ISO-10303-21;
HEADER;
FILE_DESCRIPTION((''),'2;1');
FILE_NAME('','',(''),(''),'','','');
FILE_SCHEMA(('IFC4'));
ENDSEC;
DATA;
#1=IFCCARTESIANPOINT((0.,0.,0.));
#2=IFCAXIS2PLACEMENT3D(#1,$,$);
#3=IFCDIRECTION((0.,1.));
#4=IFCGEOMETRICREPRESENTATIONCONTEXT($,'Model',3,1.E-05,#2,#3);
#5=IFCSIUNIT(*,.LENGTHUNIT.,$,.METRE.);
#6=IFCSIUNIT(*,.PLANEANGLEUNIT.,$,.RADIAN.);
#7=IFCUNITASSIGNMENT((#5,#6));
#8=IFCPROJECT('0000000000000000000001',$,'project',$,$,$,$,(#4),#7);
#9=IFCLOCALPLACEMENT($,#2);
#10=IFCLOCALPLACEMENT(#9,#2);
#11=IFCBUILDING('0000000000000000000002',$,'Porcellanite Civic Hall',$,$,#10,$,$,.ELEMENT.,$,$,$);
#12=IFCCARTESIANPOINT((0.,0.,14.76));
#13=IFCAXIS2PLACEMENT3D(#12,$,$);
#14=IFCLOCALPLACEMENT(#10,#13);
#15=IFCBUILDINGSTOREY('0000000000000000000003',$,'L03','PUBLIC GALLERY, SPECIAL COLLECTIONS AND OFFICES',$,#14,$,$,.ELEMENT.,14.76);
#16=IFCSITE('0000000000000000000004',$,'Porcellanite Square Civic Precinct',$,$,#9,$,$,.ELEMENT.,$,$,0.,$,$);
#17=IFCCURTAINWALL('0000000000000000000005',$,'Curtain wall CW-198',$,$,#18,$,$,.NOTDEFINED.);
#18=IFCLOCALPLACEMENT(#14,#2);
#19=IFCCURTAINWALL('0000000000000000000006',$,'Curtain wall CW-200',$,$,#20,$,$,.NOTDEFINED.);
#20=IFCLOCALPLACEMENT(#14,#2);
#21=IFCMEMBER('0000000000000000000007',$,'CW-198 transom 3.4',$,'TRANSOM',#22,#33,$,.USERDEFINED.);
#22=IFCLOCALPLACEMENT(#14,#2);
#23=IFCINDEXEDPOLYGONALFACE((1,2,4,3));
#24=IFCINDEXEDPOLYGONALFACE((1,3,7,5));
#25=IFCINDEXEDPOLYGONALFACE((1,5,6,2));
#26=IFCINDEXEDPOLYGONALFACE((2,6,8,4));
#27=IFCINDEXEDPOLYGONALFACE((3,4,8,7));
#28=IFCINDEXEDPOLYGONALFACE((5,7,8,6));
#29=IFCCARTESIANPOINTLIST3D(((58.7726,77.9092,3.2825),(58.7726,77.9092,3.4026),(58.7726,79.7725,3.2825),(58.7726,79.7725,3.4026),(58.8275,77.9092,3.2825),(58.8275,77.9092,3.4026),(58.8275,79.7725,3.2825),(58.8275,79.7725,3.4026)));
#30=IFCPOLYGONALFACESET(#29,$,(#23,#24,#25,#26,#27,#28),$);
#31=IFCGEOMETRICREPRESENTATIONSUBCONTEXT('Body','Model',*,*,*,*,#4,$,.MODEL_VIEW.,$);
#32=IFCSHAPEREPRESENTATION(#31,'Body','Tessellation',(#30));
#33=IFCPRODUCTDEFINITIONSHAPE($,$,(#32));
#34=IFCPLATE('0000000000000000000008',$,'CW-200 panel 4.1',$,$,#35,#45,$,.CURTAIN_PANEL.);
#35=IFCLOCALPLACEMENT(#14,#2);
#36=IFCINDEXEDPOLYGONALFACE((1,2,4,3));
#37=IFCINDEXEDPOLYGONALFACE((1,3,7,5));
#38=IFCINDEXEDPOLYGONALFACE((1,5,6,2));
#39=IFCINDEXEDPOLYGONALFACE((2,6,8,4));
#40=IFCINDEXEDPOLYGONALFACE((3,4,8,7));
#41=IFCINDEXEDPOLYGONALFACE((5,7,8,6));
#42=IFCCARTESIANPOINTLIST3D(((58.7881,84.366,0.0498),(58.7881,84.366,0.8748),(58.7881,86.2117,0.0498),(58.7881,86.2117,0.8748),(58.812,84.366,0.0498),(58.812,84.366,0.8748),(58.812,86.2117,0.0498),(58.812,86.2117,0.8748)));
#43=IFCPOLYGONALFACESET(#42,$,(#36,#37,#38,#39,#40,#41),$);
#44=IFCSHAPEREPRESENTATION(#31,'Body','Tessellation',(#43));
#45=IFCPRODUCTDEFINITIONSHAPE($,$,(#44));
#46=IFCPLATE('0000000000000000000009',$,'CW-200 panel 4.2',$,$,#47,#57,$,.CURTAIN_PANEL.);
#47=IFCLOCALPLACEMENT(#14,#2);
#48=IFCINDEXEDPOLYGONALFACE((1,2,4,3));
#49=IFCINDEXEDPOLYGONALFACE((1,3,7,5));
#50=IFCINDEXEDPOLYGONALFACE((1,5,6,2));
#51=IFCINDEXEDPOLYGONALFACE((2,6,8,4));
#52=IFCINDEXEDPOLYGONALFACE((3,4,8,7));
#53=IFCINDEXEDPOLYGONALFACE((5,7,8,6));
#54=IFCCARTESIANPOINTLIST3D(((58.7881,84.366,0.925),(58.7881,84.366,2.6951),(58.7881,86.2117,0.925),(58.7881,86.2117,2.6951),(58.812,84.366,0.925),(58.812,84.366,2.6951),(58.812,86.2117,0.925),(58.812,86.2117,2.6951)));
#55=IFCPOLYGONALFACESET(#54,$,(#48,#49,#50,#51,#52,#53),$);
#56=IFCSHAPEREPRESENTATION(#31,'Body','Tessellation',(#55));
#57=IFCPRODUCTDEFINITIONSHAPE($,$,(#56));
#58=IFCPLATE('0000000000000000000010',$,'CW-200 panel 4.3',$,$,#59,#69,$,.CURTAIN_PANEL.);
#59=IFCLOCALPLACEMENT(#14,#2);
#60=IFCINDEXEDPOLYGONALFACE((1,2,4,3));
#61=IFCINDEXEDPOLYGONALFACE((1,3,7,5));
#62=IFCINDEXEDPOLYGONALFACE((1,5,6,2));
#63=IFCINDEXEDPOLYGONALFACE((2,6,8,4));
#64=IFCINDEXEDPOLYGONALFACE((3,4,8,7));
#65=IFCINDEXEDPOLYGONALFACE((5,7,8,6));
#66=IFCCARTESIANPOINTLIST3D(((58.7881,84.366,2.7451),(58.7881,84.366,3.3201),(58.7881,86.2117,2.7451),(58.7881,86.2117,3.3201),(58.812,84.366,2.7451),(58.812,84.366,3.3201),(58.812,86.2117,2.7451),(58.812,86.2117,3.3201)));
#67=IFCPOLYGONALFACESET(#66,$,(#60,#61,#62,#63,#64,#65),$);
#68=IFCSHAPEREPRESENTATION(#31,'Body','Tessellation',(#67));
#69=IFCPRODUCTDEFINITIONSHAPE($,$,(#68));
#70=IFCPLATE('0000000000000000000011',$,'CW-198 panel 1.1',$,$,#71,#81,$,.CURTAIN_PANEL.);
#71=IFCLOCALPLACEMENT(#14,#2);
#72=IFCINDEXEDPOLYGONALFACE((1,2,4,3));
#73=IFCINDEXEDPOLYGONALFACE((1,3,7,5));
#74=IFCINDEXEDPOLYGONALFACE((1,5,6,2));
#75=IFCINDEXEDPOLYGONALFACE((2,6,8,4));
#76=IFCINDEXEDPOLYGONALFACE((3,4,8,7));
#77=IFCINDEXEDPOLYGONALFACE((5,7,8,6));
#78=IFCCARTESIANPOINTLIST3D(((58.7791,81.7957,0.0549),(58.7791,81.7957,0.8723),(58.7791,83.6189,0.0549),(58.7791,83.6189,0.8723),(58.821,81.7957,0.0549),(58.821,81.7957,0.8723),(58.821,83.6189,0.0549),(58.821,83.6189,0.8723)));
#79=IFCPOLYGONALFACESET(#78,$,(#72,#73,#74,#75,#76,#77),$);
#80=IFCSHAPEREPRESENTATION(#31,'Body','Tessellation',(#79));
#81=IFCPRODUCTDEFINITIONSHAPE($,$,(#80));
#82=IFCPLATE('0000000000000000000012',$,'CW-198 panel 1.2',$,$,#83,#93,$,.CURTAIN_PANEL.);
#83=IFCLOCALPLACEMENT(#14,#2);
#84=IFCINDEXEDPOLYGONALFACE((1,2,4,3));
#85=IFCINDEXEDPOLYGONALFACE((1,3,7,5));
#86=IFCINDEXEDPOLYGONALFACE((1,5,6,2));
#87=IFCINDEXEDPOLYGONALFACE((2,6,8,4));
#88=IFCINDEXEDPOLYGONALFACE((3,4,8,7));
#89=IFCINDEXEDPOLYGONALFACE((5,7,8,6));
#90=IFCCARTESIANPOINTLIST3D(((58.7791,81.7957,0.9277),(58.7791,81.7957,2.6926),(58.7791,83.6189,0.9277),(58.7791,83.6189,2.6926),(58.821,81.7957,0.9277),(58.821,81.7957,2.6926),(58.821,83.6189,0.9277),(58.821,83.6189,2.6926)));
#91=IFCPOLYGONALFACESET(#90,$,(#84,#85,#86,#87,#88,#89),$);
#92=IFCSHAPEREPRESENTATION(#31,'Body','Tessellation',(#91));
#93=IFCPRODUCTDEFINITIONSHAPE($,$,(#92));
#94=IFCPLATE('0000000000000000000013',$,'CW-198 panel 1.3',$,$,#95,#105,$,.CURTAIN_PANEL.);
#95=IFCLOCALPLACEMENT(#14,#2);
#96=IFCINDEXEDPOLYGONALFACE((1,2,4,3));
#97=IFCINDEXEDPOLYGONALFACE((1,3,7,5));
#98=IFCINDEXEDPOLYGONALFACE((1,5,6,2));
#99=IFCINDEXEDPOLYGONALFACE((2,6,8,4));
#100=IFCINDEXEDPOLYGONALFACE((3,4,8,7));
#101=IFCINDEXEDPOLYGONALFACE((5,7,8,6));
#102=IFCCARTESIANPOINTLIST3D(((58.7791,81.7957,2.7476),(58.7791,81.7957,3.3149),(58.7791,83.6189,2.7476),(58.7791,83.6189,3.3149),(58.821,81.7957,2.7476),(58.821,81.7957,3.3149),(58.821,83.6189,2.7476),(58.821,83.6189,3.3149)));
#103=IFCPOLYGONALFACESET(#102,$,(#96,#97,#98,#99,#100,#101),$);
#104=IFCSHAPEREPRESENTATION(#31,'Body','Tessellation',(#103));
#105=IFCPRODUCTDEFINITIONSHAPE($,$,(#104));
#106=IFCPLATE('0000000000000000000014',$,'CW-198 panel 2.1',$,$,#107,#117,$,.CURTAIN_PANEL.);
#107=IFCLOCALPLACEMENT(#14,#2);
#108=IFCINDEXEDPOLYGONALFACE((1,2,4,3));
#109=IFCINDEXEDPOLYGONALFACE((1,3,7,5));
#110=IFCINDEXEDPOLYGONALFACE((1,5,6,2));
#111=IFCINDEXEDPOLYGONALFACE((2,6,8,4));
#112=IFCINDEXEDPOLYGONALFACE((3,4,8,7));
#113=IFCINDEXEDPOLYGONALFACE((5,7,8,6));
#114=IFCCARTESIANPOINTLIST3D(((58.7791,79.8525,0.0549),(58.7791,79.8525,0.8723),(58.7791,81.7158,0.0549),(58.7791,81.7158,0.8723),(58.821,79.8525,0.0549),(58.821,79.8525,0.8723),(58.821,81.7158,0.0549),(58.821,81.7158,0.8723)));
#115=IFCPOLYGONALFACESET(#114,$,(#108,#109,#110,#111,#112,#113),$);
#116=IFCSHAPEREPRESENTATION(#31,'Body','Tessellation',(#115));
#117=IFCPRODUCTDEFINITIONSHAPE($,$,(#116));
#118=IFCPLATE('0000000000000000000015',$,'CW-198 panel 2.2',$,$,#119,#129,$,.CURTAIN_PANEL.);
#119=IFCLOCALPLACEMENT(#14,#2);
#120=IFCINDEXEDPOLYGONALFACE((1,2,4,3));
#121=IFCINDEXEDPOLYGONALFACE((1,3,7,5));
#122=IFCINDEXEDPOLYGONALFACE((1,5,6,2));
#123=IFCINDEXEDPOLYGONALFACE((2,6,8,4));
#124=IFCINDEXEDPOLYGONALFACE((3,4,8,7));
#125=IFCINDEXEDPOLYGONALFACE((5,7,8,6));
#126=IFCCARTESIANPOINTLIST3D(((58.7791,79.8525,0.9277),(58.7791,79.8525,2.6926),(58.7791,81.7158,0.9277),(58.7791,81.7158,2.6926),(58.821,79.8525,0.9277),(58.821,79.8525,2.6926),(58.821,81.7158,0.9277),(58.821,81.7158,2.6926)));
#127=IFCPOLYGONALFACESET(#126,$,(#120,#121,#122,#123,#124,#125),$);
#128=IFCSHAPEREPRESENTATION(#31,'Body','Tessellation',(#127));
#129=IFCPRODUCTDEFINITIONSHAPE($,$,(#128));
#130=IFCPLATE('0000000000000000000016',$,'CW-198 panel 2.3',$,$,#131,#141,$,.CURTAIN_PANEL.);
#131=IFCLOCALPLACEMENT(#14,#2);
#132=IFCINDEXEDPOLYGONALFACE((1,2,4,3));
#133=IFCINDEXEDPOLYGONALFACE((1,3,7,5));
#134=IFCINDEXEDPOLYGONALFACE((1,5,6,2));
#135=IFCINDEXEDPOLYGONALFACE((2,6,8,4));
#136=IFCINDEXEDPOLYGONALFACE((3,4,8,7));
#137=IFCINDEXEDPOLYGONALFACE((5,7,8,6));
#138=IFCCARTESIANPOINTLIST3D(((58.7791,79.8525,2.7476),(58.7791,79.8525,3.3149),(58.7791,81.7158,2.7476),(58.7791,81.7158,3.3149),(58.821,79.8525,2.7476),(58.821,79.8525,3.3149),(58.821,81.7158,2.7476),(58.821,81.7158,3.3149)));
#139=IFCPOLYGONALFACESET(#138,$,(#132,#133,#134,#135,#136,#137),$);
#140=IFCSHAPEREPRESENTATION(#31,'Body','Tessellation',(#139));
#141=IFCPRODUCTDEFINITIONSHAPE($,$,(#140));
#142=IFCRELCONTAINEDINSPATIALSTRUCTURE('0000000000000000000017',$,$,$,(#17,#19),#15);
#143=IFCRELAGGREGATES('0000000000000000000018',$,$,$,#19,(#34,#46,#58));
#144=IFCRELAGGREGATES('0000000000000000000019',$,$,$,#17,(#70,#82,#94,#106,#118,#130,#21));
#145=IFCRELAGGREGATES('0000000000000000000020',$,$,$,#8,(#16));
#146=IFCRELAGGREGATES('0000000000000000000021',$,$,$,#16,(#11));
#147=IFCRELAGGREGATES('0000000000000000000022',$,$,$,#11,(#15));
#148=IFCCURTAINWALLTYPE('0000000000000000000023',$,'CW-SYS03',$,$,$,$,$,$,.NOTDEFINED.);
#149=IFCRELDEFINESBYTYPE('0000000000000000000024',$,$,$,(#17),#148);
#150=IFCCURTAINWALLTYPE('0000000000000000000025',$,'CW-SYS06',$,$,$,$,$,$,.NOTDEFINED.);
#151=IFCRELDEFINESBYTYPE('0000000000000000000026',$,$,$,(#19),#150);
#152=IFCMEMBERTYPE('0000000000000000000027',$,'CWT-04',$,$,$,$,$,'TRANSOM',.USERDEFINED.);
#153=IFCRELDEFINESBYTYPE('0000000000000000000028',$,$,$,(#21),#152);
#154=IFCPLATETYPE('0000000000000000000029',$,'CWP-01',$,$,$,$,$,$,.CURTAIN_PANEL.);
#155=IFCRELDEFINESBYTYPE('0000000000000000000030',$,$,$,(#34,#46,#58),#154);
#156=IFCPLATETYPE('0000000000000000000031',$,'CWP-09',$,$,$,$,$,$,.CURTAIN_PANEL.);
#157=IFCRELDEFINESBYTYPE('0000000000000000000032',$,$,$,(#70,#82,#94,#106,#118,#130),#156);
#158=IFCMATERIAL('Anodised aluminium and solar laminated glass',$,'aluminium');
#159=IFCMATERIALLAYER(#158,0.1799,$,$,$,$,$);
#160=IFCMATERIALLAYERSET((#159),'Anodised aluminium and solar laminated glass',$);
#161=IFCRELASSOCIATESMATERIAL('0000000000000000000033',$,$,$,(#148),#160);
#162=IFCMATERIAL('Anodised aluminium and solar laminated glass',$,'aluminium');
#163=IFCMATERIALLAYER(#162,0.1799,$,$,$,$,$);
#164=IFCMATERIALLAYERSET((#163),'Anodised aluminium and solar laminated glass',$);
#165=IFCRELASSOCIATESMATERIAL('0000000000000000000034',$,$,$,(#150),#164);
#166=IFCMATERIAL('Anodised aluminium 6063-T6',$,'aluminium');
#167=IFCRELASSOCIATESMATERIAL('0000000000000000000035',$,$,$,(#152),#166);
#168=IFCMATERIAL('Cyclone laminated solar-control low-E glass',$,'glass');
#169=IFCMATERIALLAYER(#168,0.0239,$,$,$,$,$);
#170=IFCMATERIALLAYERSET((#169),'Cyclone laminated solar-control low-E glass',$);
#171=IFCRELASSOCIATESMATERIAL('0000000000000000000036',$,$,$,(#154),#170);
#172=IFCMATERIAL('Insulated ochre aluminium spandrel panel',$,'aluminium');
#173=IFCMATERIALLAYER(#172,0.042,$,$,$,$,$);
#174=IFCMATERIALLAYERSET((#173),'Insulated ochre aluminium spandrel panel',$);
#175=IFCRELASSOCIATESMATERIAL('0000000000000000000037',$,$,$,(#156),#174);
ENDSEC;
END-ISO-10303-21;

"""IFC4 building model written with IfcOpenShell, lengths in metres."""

from ifc_helpers import new_model, si_unit, direction, frame, origin, origin_2d, place, context, subcontext, project, spatial, rectangle, extrude, material, layer, layer_set, material_profile, profile_set, type_object, element, aggregate, save


model = new_model("IFC4")

# Units and contexts
model_context = context("Model", 3, precision=1e-05, world=origin(), true_north=direction((0.0, 1.0)))
body_context = subcontext(model_context, "Body", "Model", "MODEL_VIEW")
ifc_project = project(units=[si_unit("LENGTHUNIT", "METRE"), si_unit("PLANEANGLEUNIT", "RADIAN")], contexts=[model_context])

# Site, building, storey
site_placement = place(None, origin())
site = spatial("IfcSite", under=ifc_project, at=site_placement, Name="Porcellanite Square Civic Precinct", CompositionType="ELEMENT", RefElevation=0.0)
building_placement = place(site_placement, origin())
building = spatial("IfcBuilding", under=site, at=building_placement, Name="Porcellanite Civic Hall", CompositionType="ELEMENT")
storey_placement = place(building_placement, frame((0.0, 0.0, 14.76)))
storey = spatial("IfcBuildingStorey", under=building, at=storey_placement, Name="L03", Description="PUBLIC GALLERY, SPECIAL COLLECTIONS AND OFFICES", CompositionType="ELEMENT", Elevation=14.76)

# Curtain wall
ifc_material_1 = material(Name="Anodised aluminium and solar laminated glass", Category="aluminium")
ifc_layer_1 = layer(ifc_material_1, 0.1799)
ifc_layer_set_1 = layer_set([ifc_layer_1], Name="Anodised aluminium and solar laminated glass")
curtain_wall_type_1 = type_object("IfcCurtainWallType", Name="CW-SYS03", PredefinedType="NOTDEFINED", material=ifc_layer_set_1)
curtain_wall_1_placement = place(storey_placement, origin())
curtain_wall_1 = element("IfcCurtainWall", 1, at=curtain_wall_1_placement, inside=storey, type_object=curtain_wall_type_1, Name="Curtain wall CW-198", PredefinedType="NOTDEFINED")

# Curtain wall
ifc_material_2 = material(Name="Anodised aluminium and solar laminated glass", Category="aluminium")
ifc_layer_2 = layer(ifc_material_2, 0.1799)
ifc_layer_set_2 = layer_set([ifc_layer_2], Name="Anodised aluminium and solar laminated glass")
curtain_wall_type_2 = type_object("IfcCurtainWallType", Name="CW-SYS06", PredefinedType="NOTDEFINED", material=ifc_layer_set_2)
curtain_wall_2_placement = place(storey_placement, origin())
curtain_wall_2 = element("IfcCurtainWall", 2, at=curtain_wall_2_placement, inside=storey, type_object=curtain_wall_type_2, Name="Curtain wall CW-200", PredefinedType="NOTDEFINED")

# Member
ifc_material_3 = material(Name="Anodised aluminium 6063-T6", Category="aluminium")
ifc_material_profile_1 = material_profile(ifc_material_3, rectangle(XDim=0.0549, YDim=0.1201, at=origin_2d()), Name="AL-55x120")
ifc_profile_set_1 = profile_set([ifc_material_profile_1], Name="Anodised aluminium 6063-T6")
member_type_1 = type_object("IfcMemberType", Name="CWT-04", ElementType="TRANSOM", PredefinedType="USERDEFINED", material=ifc_profile_set_1)
member_1_placement = place(storey_placement, frame((58.8, 79.7725, 3.3425), z_axis=(0.0, -1.0, 0.0), x_axis=(1.0, 0.0, 0.0)))
member_1 = element("IfcMember", 3, at=member_1_placement, type_object=member_type_1, Name="CW-198 transom 3.4", ObjectType="TRANSOM", PredefinedType="USERDEFINED", context=body_context, shape_type="SweptSolid", body=[
    extrude(rectangle(XDim=0.0549, YDim=0.1201, at=origin_2d()), origin(), (0.0, 0.0, 1.0), 1.8633),
])

# Plates
ifc_material_4 = material(Name="Cyclone laminated solar-control low-E glass", Category="glass")
ifc_layer_3 = layer(ifc_material_4, 0.0239)
ifc_layer_set_3 = layer_set([ifc_layer_3], Name="Cyclone laminated solar-control low-E glass")
plate_type_1 = type_object("IfcPlateType", Name="CWP-01", PredefinedType="CURTAIN_PANEL", material=ifc_layer_set_3)
plate_1_placement = place(storey_placement, frame((58.8, 85.2888, 0.0498), z_axis=(0.0, 0.0, 1.0), x_axis=(0.0, -1.0, 0.0)))
plate_1 = element("IfcPlate", 4, at=plate_1_placement, type_object=plate_type_1, Name="CW-200 panel 4.1", PredefinedType="CURTAIN_PANEL", context=body_context, shape_type="SweptSolid", body=[
    extrude(rectangle(XDim=1.8457, YDim=0.0239, at=origin_2d()), origin(), (0.0, 0.0, 1.0), 0.825),
])
plate_2_placement = place(storey_placement, frame((58.8, 85.2888, 0.925), z_axis=(0.0, 0.0, 1.0), x_axis=(0.0, -1.0, 0.0)))
plate_2 = element("IfcPlate", 5, at=plate_2_placement, type_object=plate_type_1, Name="CW-200 panel 4.2", PredefinedType="CURTAIN_PANEL", context=body_context, shape_type="SweptSolid", body=[
    extrude(rectangle(XDim=1.8457, YDim=0.0239, at=origin_2d()), origin(), (0.0, 0.0, 1.0), 1.77),
])
plate_3_placement = place(storey_placement, frame((58.8, 85.2888, 2.7451), z_axis=(0.0, 0.0, 1.0), x_axis=(0.0, -1.0, 0.0)))
plate_3 = element("IfcPlate", 6, at=plate_3_placement, type_object=plate_type_1, Name="CW-200 panel 4.3", PredefinedType="CURTAIN_PANEL", context=body_context, shape_type="SweptSolid", body=[
    extrude(rectangle(XDim=1.8457, YDim=0.0239, at=origin_2d()), origin(), (0.0, 0.0, 1.0), 0.575),
])
aggregate(curtain_wall_2, [plate_1, plate_2, plate_3])
ifc_material_5 = material(Name="Insulated ochre aluminium spandrel panel", Category="aluminium")
ifc_layer_4 = layer(ifc_material_5, 0.042)
ifc_layer_set_4 = layer_set([ifc_layer_4], Name="Insulated ochre aluminium spandrel panel")
plate_type_2 = type_object("IfcPlateType", Name="CWP-09", PredefinedType="CURTAIN_PANEL", material=ifc_layer_set_4)
plate_4_placement = place(storey_placement, frame((58.8, 82.7073, 0.0549), z_axis=(0.0, 0.0, 1.0), x_axis=(0.0, -1.0, 0.0)))
plate_4 = element("IfcPlate", 7, at=plate_4_placement, type_object=plate_type_2, Name="CW-198 panel 1.1", PredefinedType="CURTAIN_PANEL", context=body_context, shape_type="SweptSolid", body=[
    extrude(rectangle(XDim=1.8232, YDim=0.042, at=origin_2d()), origin(), (0.0, 0.0, 1.0), 0.8174),
])
plate_5_placement = place(storey_placement, frame((58.8, 82.7073, 0.9277), z_axis=(0.0, 0.0, 1.0), x_axis=(0.0, -1.0, 0.0)))
plate_5 = element("IfcPlate", 8, at=plate_5_placement, type_object=plate_type_2, Name="CW-198 panel 1.2", PredefinedType="CURTAIN_PANEL", context=body_context, shape_type="SweptSolid", body=[
    extrude(rectangle(XDim=1.8232, YDim=0.042, at=origin_2d()), origin(), (0.0, 0.0, 1.0), 1.7649),
])
plate_6_placement = place(storey_placement, frame((58.8, 82.7073, 2.7476), z_axis=(0.0, 0.0, 1.0), x_axis=(0.0, -1.0, 0.0)))
plate_6 = element("IfcPlate", 9, at=plate_6_placement, type_object=plate_type_2, Name="CW-198 panel 1.3", PredefinedType="CURTAIN_PANEL", context=body_context, shape_type="SweptSolid", body=[
    extrude(rectangle(XDim=1.8232, YDim=0.042, at=origin_2d()), origin(), (0.0, 0.0, 1.0), 0.5674),
])
plate_7_placement = place(storey_placement, frame((58.8, 80.7842, 0.0549), z_axis=(0.0, 0.0, 1.0), x_axis=(0.0, -1.0, 0.0)))
plate_7 = element("IfcPlate", 10, at=plate_7_placement, type_object=plate_type_2, Name="CW-198 panel 2.1", PredefinedType="CURTAIN_PANEL", context=body_context, shape_type="SweptSolid", body=[
    extrude(rectangle(XDim=1.8633, YDim=0.042, at=origin_2d()), origin(), (0.0, 0.0, 1.0), 0.8174),
])
plate_8_placement = place(storey_placement, frame((58.8, 80.7842, 0.9277), z_axis=(0.0, 0.0, 1.0), x_axis=(0.0, -1.0, 0.0)))
plate_8 = element("IfcPlate", 11, at=plate_8_placement, type_object=plate_type_2, Name="CW-198 panel 2.2", PredefinedType="CURTAIN_PANEL", context=body_context, shape_type="SweptSolid", body=[
    extrude(rectangle(XDim=1.8633, YDim=0.042, at=origin_2d()), origin(), (0.0, 0.0, 1.0), 1.7649),
])
plate_9_placement = place(storey_placement, frame((58.8, 80.7842, 2.7476), z_axis=(0.0, 0.0, 1.0), x_axis=(0.0, -1.0, 0.0)))
plate_9 = element("IfcPlate", 12, at=plate_9_placement, type_object=plate_type_2, Name="CW-198 panel 2.3", PredefinedType="CURTAIN_PANEL", context=body_context, shape_type="SweptSolid", body=[
    extrude(rectangle(XDim=1.8633, YDim=0.042, at=origin_2d()), origin(), (0.0, 0.0, 1.0), 0.5674),
])
aggregate(curtain_wall_1, [plate_4, plate_5, plate_6, plate_7, plate_8, plate_9, member_1])

save(model, "model.ifc")
